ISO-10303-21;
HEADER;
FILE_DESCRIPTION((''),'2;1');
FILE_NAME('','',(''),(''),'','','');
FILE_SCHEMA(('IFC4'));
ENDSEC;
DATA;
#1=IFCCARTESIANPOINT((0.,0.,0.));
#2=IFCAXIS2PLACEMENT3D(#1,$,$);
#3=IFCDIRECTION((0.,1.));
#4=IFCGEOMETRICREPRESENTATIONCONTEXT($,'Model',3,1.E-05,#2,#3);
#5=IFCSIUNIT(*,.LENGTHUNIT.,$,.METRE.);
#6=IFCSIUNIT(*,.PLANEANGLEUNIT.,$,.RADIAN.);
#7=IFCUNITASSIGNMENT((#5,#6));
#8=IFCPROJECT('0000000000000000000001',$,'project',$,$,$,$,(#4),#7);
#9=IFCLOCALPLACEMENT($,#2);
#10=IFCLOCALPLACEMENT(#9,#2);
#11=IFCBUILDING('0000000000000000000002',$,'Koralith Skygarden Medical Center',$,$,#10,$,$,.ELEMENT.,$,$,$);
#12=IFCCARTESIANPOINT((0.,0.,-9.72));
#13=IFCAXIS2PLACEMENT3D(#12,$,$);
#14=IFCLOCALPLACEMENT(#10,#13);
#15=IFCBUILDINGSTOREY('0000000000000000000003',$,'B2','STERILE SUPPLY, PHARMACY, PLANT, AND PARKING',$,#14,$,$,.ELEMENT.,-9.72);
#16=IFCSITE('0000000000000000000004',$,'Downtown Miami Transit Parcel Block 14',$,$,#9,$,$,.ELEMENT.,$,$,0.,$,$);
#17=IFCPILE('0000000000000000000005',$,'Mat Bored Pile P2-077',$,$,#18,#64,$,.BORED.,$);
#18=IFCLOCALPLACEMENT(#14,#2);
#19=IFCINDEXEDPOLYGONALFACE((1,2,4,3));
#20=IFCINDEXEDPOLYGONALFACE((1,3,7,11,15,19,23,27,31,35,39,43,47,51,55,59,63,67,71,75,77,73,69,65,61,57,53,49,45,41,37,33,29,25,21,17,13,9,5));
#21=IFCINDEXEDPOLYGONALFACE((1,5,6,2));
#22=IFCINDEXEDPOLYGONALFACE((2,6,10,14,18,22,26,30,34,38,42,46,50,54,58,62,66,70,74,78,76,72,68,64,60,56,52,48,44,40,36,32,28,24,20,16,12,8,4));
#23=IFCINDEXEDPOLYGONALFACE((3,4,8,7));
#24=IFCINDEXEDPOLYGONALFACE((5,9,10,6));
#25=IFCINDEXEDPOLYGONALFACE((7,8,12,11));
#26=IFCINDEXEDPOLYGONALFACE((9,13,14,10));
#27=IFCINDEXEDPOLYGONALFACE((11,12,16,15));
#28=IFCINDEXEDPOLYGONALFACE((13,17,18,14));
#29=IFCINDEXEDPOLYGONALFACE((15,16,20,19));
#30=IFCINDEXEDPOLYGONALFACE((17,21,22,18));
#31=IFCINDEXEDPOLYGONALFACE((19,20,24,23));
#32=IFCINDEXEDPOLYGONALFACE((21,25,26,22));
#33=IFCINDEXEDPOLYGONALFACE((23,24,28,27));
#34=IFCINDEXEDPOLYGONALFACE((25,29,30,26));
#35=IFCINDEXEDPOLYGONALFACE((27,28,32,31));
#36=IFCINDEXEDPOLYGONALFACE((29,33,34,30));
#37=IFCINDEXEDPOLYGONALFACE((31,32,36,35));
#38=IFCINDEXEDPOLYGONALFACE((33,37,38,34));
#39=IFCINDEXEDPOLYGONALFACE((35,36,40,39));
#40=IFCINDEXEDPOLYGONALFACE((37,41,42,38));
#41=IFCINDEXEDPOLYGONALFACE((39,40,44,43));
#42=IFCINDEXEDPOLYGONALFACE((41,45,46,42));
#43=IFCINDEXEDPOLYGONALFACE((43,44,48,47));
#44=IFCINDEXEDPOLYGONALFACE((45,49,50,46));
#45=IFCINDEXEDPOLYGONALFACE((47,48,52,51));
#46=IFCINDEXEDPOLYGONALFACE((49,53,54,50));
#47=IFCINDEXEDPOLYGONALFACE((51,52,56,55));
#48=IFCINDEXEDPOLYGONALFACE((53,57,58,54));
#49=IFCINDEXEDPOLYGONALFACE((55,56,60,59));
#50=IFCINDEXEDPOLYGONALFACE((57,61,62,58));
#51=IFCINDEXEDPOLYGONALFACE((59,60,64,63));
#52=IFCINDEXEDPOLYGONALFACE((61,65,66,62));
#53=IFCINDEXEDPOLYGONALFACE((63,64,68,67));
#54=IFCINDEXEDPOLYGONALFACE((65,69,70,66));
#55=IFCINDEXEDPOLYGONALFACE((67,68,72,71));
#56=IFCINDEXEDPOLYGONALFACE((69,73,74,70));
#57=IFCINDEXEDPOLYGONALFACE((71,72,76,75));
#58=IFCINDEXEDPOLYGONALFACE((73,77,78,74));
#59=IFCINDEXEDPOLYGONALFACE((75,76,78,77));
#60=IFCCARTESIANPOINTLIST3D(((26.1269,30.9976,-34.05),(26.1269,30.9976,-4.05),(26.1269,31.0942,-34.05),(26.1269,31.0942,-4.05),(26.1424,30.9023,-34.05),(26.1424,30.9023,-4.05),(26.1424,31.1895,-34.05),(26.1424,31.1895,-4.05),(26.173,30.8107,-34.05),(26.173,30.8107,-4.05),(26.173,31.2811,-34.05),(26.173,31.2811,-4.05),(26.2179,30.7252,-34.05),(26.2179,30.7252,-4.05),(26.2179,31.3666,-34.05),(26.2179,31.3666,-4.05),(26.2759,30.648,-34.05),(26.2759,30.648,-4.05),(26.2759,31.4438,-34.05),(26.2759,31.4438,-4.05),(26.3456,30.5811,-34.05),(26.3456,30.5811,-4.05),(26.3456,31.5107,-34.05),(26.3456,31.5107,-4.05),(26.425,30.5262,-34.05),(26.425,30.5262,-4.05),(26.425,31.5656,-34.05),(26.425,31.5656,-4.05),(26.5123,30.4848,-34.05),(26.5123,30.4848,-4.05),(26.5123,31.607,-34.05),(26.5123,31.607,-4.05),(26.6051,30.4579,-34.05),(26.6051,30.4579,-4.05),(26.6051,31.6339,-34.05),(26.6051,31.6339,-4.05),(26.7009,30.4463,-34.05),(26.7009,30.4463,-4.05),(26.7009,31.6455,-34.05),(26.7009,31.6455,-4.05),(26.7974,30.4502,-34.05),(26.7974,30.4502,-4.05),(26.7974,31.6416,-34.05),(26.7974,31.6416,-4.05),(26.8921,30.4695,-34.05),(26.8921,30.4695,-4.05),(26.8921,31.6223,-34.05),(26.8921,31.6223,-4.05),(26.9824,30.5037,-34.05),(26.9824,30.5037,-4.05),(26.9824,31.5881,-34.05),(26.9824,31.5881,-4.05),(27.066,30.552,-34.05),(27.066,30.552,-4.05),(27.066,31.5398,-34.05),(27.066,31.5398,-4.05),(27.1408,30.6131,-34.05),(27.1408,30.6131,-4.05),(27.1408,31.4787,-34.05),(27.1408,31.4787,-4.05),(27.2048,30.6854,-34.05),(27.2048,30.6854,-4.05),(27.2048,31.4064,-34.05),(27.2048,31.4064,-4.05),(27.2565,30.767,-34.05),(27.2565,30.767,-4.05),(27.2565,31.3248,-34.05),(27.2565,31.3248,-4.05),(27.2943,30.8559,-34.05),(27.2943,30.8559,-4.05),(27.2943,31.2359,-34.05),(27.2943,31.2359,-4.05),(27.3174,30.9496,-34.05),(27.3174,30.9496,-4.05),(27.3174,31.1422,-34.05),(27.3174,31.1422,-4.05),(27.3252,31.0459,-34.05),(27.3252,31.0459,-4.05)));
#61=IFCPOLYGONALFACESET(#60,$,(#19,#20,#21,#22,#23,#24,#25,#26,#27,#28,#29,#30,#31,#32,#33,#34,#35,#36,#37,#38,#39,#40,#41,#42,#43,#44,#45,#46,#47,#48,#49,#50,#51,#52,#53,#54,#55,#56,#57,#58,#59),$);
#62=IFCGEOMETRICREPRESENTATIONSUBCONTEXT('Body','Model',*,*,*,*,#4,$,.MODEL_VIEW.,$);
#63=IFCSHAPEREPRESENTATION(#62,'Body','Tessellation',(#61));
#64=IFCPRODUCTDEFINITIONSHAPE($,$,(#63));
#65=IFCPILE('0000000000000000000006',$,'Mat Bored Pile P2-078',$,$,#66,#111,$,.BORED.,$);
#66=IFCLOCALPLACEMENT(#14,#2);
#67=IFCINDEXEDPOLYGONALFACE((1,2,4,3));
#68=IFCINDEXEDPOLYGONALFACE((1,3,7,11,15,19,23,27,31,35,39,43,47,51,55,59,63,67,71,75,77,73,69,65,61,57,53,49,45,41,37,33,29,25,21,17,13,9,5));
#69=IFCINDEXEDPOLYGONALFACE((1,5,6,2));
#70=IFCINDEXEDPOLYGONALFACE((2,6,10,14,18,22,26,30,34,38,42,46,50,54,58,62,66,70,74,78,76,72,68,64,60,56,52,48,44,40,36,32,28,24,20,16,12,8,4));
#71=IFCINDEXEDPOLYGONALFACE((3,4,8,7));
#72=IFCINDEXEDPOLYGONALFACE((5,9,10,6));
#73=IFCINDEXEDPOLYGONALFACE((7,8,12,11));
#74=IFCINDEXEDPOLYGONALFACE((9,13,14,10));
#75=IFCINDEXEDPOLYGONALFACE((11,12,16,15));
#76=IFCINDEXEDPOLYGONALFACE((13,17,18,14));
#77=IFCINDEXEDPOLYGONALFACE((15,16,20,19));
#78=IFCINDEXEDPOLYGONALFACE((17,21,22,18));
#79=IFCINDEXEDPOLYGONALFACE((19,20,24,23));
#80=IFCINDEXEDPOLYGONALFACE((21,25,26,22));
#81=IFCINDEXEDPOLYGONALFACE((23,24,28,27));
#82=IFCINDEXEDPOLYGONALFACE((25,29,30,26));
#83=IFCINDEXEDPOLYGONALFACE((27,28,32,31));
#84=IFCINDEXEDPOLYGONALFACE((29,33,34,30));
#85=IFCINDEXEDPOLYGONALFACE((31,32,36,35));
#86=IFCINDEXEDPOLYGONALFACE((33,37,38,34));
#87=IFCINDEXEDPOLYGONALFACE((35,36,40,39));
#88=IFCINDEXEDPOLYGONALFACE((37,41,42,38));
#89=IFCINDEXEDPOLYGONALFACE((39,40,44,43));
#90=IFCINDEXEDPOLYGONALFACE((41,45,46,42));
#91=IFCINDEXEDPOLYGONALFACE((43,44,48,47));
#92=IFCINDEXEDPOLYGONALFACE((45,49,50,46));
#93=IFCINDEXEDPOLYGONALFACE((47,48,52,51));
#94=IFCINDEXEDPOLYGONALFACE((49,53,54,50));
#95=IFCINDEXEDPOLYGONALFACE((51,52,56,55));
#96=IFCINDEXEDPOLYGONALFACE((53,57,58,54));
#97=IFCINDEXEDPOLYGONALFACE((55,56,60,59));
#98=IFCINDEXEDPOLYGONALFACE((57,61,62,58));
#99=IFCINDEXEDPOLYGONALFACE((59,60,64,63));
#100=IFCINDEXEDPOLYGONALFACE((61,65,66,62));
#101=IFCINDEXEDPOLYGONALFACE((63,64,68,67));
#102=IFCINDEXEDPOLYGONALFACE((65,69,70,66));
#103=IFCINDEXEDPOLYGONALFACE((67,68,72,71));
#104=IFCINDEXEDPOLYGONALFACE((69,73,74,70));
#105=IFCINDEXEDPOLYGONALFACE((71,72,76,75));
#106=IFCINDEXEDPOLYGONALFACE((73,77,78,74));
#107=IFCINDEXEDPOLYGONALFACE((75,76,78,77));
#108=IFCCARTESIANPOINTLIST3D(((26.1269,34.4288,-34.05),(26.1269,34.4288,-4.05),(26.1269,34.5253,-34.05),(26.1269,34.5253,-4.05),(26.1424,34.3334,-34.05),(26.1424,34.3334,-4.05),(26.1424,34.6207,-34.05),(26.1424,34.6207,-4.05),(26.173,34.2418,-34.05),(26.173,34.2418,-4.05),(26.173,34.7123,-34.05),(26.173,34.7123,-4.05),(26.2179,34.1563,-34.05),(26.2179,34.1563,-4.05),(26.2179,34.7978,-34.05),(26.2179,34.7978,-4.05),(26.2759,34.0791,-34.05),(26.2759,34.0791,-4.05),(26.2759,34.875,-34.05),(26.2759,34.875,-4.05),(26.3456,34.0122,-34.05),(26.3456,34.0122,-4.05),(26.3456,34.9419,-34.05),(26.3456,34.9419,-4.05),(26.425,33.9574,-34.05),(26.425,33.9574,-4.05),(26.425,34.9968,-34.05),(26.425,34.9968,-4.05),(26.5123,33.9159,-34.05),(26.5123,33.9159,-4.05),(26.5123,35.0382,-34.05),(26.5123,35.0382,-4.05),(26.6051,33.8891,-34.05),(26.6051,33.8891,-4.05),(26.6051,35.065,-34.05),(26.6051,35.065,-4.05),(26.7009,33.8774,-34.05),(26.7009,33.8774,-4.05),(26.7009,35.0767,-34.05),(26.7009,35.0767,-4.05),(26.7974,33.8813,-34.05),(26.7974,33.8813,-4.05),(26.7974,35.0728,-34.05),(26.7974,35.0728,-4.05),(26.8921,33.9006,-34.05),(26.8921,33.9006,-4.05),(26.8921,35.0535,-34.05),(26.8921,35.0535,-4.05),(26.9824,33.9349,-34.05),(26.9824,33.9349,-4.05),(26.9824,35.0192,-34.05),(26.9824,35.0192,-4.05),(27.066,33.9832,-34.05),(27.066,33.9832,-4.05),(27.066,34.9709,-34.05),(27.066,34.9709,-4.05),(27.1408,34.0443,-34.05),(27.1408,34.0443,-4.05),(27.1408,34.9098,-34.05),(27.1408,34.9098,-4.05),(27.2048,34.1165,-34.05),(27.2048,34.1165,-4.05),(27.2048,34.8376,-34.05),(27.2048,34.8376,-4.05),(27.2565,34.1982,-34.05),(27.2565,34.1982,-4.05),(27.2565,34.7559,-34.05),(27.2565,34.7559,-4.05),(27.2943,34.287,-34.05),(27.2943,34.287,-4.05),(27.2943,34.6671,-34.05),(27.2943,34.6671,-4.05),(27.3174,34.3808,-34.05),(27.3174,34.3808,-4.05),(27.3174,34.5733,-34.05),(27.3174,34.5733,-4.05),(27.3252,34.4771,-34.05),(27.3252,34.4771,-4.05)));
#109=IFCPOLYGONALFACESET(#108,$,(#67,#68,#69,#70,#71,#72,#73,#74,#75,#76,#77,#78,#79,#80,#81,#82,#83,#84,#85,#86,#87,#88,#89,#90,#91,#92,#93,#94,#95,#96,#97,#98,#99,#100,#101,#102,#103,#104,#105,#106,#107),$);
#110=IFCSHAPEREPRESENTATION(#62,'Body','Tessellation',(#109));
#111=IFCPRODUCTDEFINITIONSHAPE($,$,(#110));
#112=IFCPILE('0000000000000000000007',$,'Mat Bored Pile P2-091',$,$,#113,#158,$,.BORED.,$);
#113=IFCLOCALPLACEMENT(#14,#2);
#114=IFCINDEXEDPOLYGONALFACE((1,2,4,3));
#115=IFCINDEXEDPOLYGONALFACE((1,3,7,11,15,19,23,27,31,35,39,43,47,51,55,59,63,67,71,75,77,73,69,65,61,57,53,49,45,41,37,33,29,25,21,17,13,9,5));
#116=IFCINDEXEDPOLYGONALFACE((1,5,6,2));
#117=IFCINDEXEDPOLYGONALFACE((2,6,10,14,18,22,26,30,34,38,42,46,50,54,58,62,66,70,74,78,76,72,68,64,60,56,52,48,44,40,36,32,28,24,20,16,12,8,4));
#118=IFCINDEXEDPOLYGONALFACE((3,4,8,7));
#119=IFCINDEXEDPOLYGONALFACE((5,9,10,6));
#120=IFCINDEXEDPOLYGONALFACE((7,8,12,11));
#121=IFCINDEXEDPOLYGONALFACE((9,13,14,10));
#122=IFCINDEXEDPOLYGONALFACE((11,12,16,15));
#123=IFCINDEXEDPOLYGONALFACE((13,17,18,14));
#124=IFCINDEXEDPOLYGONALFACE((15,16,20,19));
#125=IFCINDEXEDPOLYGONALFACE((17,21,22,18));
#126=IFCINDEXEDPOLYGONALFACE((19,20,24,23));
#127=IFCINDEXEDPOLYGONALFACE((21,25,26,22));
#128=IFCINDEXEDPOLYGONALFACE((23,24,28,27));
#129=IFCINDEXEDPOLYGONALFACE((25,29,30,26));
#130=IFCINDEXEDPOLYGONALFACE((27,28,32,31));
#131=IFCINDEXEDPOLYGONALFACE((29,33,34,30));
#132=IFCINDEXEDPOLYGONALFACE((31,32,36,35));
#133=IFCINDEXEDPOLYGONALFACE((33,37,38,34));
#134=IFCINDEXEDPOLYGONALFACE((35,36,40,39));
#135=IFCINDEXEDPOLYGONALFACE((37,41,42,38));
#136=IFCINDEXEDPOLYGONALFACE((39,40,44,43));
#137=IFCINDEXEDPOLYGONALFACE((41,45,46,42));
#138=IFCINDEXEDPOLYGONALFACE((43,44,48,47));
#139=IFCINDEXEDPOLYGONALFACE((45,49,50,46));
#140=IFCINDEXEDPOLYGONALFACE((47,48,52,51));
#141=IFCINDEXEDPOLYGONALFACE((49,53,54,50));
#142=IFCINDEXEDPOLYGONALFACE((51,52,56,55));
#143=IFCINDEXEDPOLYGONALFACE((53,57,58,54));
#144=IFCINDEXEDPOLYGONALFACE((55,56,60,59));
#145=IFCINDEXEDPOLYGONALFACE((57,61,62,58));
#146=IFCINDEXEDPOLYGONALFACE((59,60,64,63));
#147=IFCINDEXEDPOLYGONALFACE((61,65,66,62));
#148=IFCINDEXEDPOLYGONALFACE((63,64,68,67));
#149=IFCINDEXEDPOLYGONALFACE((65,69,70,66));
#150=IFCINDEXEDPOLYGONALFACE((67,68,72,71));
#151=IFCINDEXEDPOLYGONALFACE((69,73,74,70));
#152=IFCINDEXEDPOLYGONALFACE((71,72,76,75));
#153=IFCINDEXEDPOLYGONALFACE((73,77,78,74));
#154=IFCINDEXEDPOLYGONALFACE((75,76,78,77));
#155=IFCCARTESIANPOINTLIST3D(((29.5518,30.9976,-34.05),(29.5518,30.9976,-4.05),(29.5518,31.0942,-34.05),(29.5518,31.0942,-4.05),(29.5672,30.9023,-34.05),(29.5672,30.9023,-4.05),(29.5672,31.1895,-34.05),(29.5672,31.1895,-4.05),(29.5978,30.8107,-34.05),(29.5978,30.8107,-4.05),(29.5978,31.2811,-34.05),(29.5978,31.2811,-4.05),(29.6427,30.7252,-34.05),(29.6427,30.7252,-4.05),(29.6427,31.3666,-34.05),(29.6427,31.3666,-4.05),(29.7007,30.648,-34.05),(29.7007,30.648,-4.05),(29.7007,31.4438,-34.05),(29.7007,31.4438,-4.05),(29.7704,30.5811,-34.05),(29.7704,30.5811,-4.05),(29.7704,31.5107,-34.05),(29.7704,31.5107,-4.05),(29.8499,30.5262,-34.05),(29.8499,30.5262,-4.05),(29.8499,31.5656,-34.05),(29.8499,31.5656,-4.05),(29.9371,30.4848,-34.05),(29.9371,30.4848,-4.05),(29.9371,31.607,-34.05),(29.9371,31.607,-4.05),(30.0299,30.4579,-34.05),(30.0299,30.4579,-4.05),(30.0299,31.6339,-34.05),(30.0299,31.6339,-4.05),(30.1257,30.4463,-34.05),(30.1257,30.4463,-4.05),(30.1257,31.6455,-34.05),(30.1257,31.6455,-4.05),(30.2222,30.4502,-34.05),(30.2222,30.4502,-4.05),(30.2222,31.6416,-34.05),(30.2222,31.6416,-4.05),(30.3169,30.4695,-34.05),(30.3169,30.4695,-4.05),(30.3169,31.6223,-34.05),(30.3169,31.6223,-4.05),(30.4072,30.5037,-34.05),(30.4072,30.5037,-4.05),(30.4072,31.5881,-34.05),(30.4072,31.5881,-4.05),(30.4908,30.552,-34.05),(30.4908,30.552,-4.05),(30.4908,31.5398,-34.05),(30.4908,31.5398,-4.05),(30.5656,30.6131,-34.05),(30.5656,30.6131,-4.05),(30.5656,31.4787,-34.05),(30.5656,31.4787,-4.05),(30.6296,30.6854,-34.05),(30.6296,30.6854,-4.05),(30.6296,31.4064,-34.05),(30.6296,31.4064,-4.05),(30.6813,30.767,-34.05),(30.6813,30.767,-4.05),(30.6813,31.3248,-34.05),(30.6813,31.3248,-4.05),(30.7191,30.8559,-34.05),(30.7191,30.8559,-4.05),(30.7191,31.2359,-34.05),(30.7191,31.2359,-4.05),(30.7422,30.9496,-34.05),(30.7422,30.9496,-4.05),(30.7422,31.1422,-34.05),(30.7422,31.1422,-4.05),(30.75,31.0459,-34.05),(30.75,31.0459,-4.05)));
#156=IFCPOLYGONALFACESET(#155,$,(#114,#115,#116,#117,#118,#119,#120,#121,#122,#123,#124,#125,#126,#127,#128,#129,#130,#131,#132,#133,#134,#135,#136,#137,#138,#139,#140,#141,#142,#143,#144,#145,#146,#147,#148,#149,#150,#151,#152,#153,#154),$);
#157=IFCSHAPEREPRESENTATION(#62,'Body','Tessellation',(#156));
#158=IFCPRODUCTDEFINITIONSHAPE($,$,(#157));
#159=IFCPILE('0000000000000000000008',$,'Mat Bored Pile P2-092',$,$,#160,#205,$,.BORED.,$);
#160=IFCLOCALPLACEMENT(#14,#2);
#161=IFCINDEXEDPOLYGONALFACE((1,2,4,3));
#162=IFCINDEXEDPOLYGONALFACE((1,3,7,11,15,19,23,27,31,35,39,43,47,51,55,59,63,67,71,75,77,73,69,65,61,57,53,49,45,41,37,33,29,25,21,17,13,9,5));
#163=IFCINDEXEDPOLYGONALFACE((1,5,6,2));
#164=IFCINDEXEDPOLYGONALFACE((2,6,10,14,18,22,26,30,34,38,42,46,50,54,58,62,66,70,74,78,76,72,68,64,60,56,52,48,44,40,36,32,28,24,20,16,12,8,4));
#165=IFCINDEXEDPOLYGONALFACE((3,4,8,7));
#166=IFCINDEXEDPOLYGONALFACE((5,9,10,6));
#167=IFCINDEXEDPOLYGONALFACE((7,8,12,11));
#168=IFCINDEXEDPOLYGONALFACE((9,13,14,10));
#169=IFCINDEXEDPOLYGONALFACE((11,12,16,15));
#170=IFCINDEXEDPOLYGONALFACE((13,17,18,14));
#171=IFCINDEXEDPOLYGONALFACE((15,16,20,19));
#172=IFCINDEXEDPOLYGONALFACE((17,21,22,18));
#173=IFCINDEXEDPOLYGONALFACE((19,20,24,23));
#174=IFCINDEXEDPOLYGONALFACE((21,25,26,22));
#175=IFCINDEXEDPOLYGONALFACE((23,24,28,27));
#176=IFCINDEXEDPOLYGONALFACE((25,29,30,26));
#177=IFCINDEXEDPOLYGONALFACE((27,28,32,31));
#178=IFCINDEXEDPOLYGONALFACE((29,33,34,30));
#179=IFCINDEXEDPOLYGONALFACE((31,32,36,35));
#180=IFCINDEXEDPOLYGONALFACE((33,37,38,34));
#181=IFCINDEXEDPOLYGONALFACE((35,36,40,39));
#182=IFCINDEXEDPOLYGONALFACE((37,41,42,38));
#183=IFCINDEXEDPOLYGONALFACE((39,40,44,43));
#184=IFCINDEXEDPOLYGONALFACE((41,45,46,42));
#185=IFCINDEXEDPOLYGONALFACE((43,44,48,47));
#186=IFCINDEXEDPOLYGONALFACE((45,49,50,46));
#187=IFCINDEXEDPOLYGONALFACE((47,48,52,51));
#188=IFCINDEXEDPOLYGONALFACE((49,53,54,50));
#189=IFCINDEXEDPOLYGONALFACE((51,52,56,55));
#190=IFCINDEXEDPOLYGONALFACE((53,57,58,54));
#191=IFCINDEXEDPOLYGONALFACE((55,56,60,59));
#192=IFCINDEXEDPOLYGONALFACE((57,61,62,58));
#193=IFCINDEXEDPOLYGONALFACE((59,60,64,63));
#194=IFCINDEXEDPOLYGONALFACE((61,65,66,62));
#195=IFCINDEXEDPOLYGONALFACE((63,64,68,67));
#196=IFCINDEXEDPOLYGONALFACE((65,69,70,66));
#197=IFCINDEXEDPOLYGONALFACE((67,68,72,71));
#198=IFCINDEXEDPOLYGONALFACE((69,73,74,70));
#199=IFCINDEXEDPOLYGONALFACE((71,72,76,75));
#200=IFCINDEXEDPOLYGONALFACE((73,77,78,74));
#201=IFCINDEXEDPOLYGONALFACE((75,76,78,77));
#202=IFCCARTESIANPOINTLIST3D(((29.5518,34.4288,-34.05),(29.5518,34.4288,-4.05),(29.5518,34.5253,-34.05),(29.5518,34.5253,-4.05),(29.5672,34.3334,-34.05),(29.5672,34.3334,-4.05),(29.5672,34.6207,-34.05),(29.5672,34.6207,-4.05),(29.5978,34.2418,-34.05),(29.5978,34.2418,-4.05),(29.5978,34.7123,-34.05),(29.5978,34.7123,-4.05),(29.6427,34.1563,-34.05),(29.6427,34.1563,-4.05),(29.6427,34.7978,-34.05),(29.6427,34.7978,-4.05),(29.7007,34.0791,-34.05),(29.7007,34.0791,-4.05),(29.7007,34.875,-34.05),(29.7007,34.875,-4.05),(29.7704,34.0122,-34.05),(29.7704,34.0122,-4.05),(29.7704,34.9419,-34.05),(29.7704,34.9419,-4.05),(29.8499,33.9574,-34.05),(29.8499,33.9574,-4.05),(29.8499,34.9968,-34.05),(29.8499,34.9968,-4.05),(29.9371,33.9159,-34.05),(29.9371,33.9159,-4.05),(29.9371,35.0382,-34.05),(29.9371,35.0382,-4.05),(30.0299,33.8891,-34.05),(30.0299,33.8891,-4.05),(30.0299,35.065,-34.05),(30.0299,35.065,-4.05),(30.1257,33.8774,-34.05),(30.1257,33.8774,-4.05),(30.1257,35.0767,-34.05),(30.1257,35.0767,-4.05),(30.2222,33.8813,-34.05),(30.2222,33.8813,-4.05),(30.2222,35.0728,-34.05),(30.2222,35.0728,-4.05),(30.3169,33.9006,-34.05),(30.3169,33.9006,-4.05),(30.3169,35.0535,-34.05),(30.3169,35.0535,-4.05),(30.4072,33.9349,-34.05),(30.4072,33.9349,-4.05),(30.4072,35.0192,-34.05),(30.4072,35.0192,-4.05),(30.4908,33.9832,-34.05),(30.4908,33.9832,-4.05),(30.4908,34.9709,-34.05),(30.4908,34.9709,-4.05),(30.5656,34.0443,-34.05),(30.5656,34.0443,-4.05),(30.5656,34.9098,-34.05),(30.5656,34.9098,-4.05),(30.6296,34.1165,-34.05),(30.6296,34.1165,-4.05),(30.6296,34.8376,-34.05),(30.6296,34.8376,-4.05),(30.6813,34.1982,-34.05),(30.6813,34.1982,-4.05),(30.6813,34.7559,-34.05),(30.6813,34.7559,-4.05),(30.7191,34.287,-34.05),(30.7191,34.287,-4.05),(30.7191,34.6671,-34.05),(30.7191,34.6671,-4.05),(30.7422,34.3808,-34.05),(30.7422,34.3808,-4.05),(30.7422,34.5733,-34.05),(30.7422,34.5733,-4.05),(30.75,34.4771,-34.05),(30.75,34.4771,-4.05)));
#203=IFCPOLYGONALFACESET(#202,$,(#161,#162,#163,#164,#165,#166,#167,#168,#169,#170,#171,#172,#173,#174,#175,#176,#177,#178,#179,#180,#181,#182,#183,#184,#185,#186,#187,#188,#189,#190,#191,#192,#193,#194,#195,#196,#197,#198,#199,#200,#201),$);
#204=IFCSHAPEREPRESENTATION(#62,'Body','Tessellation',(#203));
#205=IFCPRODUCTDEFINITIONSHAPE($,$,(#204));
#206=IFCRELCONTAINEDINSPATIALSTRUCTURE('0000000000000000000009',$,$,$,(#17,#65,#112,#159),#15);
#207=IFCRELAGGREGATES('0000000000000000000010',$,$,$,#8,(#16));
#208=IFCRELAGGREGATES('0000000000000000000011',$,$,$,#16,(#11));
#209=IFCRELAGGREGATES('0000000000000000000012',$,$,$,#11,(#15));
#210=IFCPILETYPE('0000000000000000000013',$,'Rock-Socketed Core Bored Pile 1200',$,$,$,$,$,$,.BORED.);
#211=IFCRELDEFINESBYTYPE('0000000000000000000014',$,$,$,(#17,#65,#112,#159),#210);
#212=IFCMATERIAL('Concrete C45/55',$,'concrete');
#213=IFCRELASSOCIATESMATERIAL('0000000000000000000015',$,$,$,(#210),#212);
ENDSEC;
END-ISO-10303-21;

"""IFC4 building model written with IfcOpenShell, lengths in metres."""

from ifc_helpers import new_model, si_unit, direction, frame, origin, origin_2d, place, context, subcontext, project, spatial, circle, extrude, material, material_profile, profile_set, type_object, element, save


model = new_model("IFC4")

# Units and contexts
model_context = context("Model", 3, precision=1e-05, world=origin(), true_north=direction((0.0, 1.0)))
body_context = subcontext(model_context, "Body", "Model", "MODEL_VIEW")
ifc_project = project(units=[si_unit("LENGTHUNIT", "METRE"), si_unit("PLANEANGLEUNIT", "RADIAN")], contexts=[model_context])

# Site, building, storey
site_placement = place(None, origin())
site = spatial("IfcSite", under=ifc_project, at=site_placement, Name="Downtown Miami Transit Parcel Block 14", CompositionType="ELEMENT", RefElevation=0.0)
building_placement = place(site_placement, origin())
building = spatial("IfcBuilding", under=site, at=building_placement, Name="Koralith Skygarden Medical Center", CompositionType="ELEMENT")
storey_placement = place(building_placement, frame((0.0, 0.0, -9.72)))
storey = spatial("IfcBuildingStorey", under=building, at=storey_placement, Name="B2", Description="STERILE SUPPLY, PHARMACY, PLANT, AND PARKING", CompositionType="ELEMENT", Elevation=-9.72)

# Piles
ifc_material_1 = material(Name="Concrete C45/55", Category="concrete")
ifc_material_profile_1 = material_profile(ifc_material_1, circle(Radius=0.6001, at=origin_2d()), Name="PILE1200")
ifc_profile_set_1 = profile_set([ifc_material_profile_1], Name="Concrete C45/55")
pile_type_1 = type_object("IfcPileType", Name="Rock-Socketed Core Bored Pile 1200", PredefinedType="BORED", material=ifc_profile_set_1)
for number, where, z_axis, x_axis, name in (
    (1, (26.7251, 31.0459, -4.05), (0.0, 0.0, -1.0), (1.0, 0.0, 0.0), "Mat Bored Pile P2-077"),
    (2, (26.7251, 34.4771, -4.05), (0.0, 0.0, -1.0), (1.0, 0.0, 0.0), "Mat Bored Pile P2-078"),
    (3, (30.1499, 31.0459, -4.05), (0.0, 0.0, -1.0), (1.0, 0.0, 0.0), "Mat Bored Pile P2-091"),
    (4, (30.1499, 34.4771, -4.05), (0.0, 0.0, -1.0), (1.0, 0.0, 0.0), "Mat Bored Pile P2-092"),
):
    element("IfcPile", number, at=place(storey_placement, frame(where, z_axis=z_axis, x_axis=x_axis)), inside=storey, type_object=pile_type_1, Name=name, PredefinedType="BORED", context=body_context, shape_type="SweptSolid", body=[
        extrude(circle(Radius=0.6001, at=origin_2d()), origin(), (0.0, 0.0, 1.0), 30.0),
    ])

save(model, "model.ifc")
